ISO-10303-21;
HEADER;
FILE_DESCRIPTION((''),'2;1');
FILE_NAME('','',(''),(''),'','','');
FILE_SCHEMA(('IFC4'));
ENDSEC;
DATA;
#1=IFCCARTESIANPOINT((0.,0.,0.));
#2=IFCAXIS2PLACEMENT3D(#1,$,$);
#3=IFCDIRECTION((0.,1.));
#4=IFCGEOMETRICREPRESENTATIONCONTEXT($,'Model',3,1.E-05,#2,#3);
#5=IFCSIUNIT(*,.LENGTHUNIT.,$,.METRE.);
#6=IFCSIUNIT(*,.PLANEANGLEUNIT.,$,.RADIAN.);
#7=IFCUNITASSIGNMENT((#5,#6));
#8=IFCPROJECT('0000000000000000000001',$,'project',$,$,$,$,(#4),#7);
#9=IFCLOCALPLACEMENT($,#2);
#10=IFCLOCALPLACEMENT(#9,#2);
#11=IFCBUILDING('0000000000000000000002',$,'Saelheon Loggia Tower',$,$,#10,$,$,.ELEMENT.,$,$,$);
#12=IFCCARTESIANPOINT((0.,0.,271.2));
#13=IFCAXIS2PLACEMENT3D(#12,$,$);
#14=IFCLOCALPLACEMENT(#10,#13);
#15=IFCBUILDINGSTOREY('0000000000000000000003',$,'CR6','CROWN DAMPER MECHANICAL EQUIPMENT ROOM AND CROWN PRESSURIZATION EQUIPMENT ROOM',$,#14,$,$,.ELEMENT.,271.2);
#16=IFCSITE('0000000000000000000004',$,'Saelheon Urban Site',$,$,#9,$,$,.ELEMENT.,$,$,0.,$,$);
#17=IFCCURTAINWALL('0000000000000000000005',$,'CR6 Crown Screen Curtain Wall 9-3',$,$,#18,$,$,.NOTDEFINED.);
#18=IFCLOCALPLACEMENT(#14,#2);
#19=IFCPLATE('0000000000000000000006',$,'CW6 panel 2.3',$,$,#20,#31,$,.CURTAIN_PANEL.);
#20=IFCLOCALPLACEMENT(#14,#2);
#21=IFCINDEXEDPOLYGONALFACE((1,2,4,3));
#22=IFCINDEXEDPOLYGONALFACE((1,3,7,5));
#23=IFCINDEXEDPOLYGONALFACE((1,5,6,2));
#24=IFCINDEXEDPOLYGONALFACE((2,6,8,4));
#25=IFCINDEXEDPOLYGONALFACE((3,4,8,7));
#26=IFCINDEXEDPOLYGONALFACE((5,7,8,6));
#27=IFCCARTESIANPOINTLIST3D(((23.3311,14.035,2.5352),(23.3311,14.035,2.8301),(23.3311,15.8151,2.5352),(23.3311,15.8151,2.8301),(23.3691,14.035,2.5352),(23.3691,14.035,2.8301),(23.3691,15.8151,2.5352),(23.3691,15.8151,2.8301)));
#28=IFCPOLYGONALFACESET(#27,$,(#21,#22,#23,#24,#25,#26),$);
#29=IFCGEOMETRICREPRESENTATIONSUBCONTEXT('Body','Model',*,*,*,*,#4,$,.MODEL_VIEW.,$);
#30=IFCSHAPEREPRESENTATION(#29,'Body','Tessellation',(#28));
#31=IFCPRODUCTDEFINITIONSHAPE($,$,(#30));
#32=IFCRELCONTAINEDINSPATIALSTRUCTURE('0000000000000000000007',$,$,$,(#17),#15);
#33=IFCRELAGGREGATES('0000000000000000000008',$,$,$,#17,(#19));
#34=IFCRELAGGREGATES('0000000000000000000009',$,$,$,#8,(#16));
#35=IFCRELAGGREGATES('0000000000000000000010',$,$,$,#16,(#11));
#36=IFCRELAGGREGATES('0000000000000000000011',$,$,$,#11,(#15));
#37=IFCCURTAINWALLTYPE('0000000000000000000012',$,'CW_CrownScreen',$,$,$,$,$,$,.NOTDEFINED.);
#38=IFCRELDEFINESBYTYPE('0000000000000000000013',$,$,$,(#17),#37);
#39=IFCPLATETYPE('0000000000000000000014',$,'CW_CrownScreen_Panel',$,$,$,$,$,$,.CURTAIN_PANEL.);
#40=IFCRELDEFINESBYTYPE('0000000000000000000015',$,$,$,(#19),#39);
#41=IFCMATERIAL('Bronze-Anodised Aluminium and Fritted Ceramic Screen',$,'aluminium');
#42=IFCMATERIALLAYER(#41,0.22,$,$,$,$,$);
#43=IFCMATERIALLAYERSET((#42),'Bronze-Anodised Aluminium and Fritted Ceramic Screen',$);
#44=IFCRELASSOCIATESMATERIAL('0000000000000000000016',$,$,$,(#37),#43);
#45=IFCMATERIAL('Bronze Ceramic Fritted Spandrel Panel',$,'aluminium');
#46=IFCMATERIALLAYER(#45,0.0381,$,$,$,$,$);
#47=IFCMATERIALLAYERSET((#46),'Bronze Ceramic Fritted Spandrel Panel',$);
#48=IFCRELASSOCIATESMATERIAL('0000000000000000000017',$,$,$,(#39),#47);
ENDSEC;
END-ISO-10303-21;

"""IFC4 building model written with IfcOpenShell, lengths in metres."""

from ifc_helpers import new_model, si_unit, direction, frame, origin, origin_2d, place, context, subcontext, project, spatial, rectangle, extrude, source, transform, mapped, material, layer, layer_set, type_object, element, aggregate, save


model = new_model("IFC4")

# Units and contexts
model_context = context("Model", 3, precision=1e-05, world=origin(), true_north=direction((0.0, 1.0)))
body_context = subcontext(model_context, "Body", "Model", "MODEL_VIEW")
ifc_project = project(units=[si_unit("LENGTHUNIT", "METRE"), si_unit("PLANEANGLEUNIT", "RADIAN")], contexts=[model_context])

# Site, building, storey
site_placement = place(None, origin())
site = spatial("IfcSite", under=ifc_project, at=site_placement, Name="Saelheon Urban Site", CompositionType="ELEMENT", RefElevation=0.0)
building_placement = place(site_placement, origin())
building = spatial("IfcBuilding", under=site, at=building_placement, Name="Saelheon Loggia Tower", CompositionType="ELEMENT")
storey_placement = place(building_placement, frame((0.0, 0.0, 271.2)))
storey = spatial("IfcBuildingStorey", under=building, at=storey_placement, Name="CR6", Description="CROWN DAMPER MECHANICAL EQUIPMENT ROOM AND CROWN PRESSURIZATION EQUIPMENT ROOM", CompositionType="ELEMENT", Elevation=271.2)

# Curtain wall
ifc_material_1 = material(Name="Bronze-Anodised Aluminium and Fritted Ceramic Screen", Category="aluminium")
ifc_layer_1 = layer(ifc_material_1, 0.22)
ifc_layer_set_1 = layer_set([ifc_layer_1], Name="Bronze-Anodised Aluminium and Fritted Ceramic Screen")
curtain_wall_type = type_object("IfcCurtainWallType", Name="CW_CrownScreen", PredefinedType="NOTDEFINED", material=ifc_layer_set_1)
curtain_wall_placement = place(storey_placement, origin())
curtain_wall = element("IfcCurtainWall", 1, at=curtain_wall_placement, inside=storey, type_object=curtain_wall_type, Name="CR6 Crown Screen Curtain Wall 9-3", PredefinedType="NOTDEFINED")

# Plate
ifc_material_2 = material(Name="Bronze Ceramic Fritted Spandrel Panel", Category="aluminium")
ifc_layer_2 = layer(ifc_material_2, 0.0381)
ifc_layer_set_2 = layer_set([ifc_layer_2], Name="Bronze Ceramic Fritted Spandrel Panel")
plate_type = type_object("IfcPlateType", Name="CW_CrownScreen_Panel", PredefinedType="CURTAIN_PANEL", material=ifc_layer_set_2)
shared_shape_1 = source(origin(), body_context, "Body", "SweptSolid", [
    extrude(rectangle(XDim=1.78, YDim=0.0381, at=origin_2d()), origin(), (0.0, 0.0, 1.0), 0.2949),
])
plate_1_placement = place(storey_placement, frame((23.3501, 14.925, 2.5352), z_axis=(0.0, 0.0, 1.0), x_axis=(0.0, -1.0, 0.0)))
plate_1 = element("IfcPlate", 2, at=plate_1_placement, type_object=plate_type, Name="CW6 panel 2.3", PredefinedType="CURTAIN_PANEL", context=body_context, shape_type="MappedRepresentation", body=[
    mapped(shared_shape_1, transform((0.0, 0.0, 0.0), scale=1.0)),
])
aggregate(curtain_wall, [plate_1])

save(model, "model.ifc")
